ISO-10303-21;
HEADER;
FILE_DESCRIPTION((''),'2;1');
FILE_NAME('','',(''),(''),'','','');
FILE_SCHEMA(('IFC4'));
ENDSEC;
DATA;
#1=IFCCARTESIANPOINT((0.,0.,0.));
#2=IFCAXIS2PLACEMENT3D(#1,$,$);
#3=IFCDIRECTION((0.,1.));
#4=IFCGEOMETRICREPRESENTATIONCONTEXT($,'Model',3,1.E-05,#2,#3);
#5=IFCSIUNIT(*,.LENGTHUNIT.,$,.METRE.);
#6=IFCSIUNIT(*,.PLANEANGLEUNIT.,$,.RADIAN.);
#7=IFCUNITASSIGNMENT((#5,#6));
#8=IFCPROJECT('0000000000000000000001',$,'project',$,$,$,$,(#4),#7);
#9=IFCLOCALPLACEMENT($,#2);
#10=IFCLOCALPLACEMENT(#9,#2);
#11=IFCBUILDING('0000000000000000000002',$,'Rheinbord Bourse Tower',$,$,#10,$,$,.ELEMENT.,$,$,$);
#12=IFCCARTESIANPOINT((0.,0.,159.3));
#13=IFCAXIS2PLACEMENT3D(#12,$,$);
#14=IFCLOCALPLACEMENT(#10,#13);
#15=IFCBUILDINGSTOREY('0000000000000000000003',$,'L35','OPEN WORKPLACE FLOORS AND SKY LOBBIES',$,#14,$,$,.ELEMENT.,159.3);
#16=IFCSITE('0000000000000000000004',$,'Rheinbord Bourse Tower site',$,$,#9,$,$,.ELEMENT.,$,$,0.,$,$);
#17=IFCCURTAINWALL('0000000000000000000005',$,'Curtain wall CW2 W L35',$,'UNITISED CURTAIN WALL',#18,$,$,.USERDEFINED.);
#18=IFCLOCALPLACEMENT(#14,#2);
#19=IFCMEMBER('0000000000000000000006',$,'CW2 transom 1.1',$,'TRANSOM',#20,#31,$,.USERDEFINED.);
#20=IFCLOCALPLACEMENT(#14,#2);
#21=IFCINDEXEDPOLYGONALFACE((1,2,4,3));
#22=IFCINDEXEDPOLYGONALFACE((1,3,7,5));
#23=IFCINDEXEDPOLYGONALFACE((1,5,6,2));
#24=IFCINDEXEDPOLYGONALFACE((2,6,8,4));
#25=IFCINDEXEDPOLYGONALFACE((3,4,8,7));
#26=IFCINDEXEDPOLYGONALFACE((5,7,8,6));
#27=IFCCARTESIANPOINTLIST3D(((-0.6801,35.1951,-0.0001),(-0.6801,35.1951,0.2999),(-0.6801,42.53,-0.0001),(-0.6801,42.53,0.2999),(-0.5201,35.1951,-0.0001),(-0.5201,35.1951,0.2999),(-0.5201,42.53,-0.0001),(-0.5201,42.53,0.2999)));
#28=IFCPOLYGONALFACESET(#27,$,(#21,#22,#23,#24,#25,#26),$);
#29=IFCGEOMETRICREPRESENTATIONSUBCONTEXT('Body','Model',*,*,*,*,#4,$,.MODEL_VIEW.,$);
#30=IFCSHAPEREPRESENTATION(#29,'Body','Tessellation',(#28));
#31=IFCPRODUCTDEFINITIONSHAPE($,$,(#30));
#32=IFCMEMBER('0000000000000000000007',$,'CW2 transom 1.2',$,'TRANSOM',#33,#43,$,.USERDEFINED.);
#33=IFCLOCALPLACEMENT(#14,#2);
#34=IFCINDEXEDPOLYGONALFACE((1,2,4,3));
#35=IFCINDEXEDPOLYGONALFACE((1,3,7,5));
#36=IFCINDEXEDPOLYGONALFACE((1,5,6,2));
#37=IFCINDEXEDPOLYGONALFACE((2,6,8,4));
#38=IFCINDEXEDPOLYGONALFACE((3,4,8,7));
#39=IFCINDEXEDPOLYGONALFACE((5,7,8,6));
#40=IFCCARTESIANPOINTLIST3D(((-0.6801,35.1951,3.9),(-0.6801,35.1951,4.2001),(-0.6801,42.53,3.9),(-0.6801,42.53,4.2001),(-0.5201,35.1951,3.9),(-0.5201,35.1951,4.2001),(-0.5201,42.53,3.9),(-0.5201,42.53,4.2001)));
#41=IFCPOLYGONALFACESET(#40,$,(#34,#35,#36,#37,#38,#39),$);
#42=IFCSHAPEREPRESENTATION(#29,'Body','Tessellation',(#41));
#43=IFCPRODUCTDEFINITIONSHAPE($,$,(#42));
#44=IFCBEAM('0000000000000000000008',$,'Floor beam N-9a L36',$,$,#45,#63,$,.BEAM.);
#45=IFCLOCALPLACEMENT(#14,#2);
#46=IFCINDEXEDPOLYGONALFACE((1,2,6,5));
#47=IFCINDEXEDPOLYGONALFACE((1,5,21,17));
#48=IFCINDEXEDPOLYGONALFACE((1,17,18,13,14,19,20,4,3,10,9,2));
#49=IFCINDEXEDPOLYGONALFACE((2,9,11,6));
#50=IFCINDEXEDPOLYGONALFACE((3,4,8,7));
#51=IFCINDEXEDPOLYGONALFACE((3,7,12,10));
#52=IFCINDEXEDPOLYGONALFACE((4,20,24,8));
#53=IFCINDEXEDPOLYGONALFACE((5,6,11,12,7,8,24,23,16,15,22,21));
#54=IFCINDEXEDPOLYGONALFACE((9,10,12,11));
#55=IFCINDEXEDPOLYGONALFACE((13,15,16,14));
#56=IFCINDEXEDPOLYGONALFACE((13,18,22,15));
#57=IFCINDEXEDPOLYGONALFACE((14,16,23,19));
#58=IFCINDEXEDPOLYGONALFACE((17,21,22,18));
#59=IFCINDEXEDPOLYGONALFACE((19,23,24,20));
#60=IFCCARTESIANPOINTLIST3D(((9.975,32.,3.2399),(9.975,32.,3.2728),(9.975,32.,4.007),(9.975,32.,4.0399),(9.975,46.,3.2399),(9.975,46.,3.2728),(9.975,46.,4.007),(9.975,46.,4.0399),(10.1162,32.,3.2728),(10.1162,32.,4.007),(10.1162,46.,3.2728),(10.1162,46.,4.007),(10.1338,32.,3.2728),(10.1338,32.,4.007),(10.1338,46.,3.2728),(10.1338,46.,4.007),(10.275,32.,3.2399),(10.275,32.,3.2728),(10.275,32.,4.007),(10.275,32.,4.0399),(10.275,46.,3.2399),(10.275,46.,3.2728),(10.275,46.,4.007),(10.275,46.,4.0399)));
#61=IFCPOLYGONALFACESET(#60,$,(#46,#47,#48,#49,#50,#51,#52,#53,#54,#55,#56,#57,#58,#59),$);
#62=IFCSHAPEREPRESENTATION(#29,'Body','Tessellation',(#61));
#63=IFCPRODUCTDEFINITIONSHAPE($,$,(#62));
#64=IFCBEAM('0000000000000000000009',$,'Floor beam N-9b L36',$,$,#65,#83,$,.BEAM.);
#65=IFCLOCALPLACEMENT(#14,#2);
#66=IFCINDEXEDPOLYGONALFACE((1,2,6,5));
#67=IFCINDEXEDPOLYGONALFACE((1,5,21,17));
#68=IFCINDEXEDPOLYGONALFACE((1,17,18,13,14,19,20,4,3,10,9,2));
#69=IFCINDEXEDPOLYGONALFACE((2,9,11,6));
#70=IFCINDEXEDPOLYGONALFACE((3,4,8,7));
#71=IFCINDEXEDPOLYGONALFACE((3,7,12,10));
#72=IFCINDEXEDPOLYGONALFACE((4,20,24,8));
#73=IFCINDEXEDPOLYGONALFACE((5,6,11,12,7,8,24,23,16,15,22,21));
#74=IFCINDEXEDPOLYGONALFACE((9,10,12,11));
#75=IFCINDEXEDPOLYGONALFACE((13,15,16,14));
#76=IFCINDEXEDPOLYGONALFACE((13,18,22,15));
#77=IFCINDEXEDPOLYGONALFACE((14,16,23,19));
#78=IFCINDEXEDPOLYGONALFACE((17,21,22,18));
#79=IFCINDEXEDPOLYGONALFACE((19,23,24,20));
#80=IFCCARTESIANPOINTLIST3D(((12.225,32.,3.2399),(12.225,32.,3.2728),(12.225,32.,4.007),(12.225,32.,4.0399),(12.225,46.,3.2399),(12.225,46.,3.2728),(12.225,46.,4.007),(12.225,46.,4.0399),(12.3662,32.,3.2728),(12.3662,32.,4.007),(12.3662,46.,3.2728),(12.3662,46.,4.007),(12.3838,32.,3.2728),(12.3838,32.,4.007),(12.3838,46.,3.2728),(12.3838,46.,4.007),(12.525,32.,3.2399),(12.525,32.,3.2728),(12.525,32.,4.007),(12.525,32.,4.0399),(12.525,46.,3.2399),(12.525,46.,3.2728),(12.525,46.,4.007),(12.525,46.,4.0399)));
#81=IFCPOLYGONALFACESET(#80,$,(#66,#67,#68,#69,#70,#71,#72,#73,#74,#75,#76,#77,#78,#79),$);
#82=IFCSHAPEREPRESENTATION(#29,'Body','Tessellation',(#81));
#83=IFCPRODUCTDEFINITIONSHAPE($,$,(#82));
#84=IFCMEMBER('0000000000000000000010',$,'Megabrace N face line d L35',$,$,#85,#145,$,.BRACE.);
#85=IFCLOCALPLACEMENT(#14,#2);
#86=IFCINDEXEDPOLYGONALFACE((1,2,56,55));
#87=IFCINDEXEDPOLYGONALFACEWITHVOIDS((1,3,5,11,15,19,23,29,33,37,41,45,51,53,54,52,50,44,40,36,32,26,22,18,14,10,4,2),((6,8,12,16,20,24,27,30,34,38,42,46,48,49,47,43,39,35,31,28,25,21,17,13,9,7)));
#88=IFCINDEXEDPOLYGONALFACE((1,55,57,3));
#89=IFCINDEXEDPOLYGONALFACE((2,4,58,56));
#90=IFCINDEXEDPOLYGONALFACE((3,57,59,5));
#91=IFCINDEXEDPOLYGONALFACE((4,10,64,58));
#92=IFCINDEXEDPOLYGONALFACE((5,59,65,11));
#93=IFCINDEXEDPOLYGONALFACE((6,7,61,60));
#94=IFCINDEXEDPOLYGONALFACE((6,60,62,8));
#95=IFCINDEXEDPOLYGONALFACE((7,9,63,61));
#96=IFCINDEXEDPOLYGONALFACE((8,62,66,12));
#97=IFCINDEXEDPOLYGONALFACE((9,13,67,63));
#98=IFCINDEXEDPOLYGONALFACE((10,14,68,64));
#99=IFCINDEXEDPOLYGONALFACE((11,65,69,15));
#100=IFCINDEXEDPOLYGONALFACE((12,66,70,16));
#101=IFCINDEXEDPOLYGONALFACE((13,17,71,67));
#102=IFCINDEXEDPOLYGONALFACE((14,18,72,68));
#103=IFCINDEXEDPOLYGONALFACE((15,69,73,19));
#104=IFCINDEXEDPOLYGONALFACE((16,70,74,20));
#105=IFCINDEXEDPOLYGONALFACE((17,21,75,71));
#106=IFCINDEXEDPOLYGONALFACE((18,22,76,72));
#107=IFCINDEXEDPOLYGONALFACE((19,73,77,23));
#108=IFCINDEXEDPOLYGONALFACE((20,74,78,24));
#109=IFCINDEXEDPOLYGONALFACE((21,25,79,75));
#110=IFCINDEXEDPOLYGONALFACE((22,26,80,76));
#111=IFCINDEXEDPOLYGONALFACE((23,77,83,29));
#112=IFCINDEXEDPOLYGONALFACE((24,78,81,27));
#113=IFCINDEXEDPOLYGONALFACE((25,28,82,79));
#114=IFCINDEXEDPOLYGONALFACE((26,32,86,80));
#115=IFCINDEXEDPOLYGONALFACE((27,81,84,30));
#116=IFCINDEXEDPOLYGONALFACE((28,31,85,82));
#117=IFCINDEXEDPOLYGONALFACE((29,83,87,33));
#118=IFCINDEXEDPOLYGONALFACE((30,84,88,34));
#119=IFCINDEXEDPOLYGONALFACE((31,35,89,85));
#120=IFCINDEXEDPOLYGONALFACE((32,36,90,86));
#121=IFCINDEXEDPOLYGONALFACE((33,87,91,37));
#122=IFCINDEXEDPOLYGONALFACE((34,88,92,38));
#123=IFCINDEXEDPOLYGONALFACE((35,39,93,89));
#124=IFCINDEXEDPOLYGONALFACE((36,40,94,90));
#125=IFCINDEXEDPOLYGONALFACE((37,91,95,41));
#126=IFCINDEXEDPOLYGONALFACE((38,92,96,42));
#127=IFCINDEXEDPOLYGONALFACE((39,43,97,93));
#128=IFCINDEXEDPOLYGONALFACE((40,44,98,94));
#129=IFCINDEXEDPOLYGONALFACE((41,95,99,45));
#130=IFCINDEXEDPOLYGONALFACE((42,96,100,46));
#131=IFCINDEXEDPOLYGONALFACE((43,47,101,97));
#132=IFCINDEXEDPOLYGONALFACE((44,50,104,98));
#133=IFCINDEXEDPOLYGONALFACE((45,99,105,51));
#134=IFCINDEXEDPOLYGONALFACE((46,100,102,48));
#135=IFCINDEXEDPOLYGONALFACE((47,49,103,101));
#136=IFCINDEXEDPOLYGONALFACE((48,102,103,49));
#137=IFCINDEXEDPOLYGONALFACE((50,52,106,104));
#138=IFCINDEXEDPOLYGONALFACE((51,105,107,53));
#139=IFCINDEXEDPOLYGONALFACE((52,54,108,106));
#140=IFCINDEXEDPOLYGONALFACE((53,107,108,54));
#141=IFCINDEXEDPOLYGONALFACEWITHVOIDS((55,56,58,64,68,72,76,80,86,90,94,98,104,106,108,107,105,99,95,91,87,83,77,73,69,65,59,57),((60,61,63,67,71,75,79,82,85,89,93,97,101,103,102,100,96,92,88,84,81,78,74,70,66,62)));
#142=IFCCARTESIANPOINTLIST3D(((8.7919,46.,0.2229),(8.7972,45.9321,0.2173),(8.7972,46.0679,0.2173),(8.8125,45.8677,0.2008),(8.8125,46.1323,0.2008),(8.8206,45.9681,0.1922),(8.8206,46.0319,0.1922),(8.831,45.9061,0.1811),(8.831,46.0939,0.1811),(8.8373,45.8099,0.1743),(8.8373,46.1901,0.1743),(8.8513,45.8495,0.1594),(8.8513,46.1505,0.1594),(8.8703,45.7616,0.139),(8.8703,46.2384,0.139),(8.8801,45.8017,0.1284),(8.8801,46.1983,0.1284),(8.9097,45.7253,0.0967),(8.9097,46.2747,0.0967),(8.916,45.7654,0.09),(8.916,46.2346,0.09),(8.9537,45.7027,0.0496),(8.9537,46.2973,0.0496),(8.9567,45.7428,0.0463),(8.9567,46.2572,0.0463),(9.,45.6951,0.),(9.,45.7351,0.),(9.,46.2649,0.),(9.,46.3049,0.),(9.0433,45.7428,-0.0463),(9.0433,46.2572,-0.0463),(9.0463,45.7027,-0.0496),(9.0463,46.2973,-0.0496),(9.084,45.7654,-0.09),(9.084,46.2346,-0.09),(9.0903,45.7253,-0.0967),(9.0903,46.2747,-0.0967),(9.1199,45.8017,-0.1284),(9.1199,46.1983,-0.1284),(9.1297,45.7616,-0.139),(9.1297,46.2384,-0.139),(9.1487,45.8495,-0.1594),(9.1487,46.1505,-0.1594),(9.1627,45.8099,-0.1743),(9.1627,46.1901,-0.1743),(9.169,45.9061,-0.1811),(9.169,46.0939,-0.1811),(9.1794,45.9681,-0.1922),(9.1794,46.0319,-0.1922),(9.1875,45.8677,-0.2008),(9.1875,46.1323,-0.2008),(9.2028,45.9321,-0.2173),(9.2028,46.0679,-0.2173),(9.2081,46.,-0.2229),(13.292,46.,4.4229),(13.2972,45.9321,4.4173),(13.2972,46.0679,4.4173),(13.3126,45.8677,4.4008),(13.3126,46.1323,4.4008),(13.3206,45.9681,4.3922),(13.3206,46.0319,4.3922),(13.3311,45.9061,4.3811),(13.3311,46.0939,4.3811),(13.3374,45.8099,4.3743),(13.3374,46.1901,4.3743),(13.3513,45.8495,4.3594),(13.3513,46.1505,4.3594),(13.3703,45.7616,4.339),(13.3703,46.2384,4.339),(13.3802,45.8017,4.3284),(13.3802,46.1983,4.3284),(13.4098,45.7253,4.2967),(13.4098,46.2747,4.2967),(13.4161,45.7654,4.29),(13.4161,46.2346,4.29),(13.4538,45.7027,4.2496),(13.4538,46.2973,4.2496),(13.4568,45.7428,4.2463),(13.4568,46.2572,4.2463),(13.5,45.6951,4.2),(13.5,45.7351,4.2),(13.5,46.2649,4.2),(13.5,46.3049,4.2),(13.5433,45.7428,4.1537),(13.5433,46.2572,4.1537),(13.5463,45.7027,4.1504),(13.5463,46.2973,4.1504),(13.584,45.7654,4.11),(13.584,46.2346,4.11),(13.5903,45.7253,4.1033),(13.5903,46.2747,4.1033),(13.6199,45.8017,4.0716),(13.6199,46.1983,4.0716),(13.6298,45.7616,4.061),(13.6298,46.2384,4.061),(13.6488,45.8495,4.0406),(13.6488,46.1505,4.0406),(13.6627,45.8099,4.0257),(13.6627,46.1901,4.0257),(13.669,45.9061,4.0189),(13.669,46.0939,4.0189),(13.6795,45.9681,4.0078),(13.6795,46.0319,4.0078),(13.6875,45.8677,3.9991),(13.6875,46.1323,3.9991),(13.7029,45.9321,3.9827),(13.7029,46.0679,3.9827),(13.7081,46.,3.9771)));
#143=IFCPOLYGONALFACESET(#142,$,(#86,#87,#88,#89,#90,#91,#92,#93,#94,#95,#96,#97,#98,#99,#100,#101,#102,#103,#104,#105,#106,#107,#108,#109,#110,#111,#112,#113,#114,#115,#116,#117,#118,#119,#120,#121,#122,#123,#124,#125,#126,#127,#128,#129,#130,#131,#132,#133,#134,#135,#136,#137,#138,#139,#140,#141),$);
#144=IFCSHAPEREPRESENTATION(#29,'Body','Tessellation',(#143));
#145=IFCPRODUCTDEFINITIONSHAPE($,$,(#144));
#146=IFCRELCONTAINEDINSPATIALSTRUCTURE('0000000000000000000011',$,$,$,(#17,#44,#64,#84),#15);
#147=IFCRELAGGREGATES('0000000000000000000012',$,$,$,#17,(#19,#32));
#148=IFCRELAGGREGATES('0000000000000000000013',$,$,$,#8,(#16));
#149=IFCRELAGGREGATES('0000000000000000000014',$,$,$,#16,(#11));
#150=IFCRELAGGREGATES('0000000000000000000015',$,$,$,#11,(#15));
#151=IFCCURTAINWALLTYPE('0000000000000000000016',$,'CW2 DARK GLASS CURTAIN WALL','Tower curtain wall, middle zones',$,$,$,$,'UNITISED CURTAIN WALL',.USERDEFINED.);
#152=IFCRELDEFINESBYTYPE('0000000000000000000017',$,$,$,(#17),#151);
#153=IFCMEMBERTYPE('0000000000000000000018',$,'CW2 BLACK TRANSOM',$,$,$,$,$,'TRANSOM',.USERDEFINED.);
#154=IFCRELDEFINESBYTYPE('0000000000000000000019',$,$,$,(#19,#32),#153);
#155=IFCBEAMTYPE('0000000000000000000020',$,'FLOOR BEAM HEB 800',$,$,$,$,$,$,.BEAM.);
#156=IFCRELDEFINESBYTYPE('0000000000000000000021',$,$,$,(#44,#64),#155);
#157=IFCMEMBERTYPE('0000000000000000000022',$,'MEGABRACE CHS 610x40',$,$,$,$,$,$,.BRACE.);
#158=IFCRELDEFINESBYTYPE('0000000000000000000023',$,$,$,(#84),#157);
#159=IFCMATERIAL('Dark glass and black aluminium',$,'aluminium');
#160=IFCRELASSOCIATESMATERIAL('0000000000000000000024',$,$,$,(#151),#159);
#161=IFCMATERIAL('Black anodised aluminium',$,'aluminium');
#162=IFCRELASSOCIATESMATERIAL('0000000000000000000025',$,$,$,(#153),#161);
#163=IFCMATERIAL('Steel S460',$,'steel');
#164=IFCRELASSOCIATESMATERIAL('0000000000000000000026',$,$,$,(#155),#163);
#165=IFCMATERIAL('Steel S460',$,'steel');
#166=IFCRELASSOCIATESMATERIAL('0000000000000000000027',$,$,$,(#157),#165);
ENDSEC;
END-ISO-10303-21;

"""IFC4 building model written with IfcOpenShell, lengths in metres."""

from ifc_helpers import new_model, si_unit, direction, frame, origin, origin_2d, place, context, subcontext, project, spatial, rectangle, hollow_circle, i_section, extrude, material, material_profile, profile_set, type_object, element, aggregate, save


model = new_model("IFC4")

# Units and contexts
model_context = context("Model", 3, precision=1e-05, world=origin(), true_north=direction((0.0, 1.0)))
body_context = subcontext(model_context, "Body", "Model", "MODEL_VIEW")
ifc_project = project(units=[si_unit("LENGTHUNIT", "METRE"), si_unit("PLANEANGLEUNIT", "RADIAN")], contexts=[model_context])

# Site, building, storey
site_placement = place(None, origin())
site = spatial("IfcSite", under=ifc_project, at=site_placement, Name="Rheinbord Bourse Tower site", CompositionType="ELEMENT", RefElevation=0.0)
building_placement = place(site_placement, origin())
building = spatial("IfcBuilding", under=site, at=building_placement, Name="Rheinbord Bourse Tower", CompositionType="ELEMENT")
storey_placement = place(building_placement, frame((0.0, 0.0, 159.3)))
storey = spatial("IfcBuildingStorey", under=building, at=storey_placement, Name="L35", Description="OPEN WORKPLACE FLOORS AND SKY LOBBIES", CompositionType="ELEMENT", Elevation=159.3)

# Curtain wall
ifc_material_1 = material(Name="Dark glass and black aluminium", Category="aluminium")
curtain_wall_type = type_object("IfcCurtainWallType", Name="CW2 DARK GLASS CURTAIN WALL", Description="Tower curtain wall, middle zones", ElementType="UNITISED CURTAIN WALL", PredefinedType="USERDEFINED", material=ifc_material_1)
curtain_wall_1_placement = place(storey_placement, origin())
curtain_wall_1 = element("IfcCurtainWall", 1, at=curtain_wall_1_placement, inside=storey, type_object=curtain_wall_type, Name="Curtain wall CW2 W L35", ObjectType="UNITISED CURTAIN WALL", PredefinedType="USERDEFINED")

# Members
ifc_material_2 = material(Name="Black anodised aluminium", Category="aluminium")
ifc_material_profile_1 = material_profile(ifc_material_2, rectangle(XDim=0.1599, YDim=0.3, at=origin_2d()), Name="CW2 TRANSOM 300x160")
ifc_profile_set_1 = profile_set([ifc_material_profile_1], Name="Black anodised aluminium")
member_type_1 = type_object("IfcMemberType", Name="CW2 BLACK TRANSOM", ElementType="TRANSOM", PredefinedType="USERDEFINED", material=ifc_profile_set_1)
member_1_placement = place(storey_placement, frame((-0.6001, 42.53, 0.1499), z_axis=(0.0, -1.0, 0.0), x_axis=(1.0, 0.0, 0.0)))
member_1 = element("IfcMember", 2, at=member_1_placement, type_object=member_type_1, Name="CW2 transom 1.1", ObjectType="TRANSOM", PredefinedType="USERDEFINED", context=body_context, shape_type="SweptSolid", body=[
    extrude(rectangle(XDim=0.1599, YDim=0.3, at=origin_2d()), origin(), (0.0, 0.0, 1.0), 7.335),
])
member_2_placement = place(storey_placement, frame((-0.6001, 42.53, 4.05), z_axis=(0.0, -1.0, 0.0), x_axis=(1.0, 0.0, 0.0)))
member_2 = element("IfcMember", 3, at=member_2_placement, type_object=member_type_1, Name="CW2 transom 1.2", ObjectType="TRANSOM", PredefinedType="USERDEFINED", context=body_context, shape_type="SweptSolid", body=[
    extrude(rectangle(XDim=0.1599, YDim=0.3, at=origin_2d()), origin(), (0.0, 0.0, 1.0), 7.335),
])

# Beams
ifc_material_3 = material(Name="Steel S460", Category="steel")
ifc_material_profile_2 = material_profile(ifc_material_3, i_section(OverallWidth=0.3, OverallDepth=0.8, WebThickness=0.0176, FlangeThickness=0.033, at=origin_2d()), Name="HEB 800")
ifc_profile_set_2 = profile_set([ifc_material_profile_2], Name="Steel S460")
beam_type_1 = type_object("IfcBeamType", Name="FLOOR BEAM HEB 800", PredefinedType="BEAM", material=ifc_profile_set_2)
for number, where, z_axis, x_axis, name in (
    (4, (10.125, 46.0, 3.6399), (0.0, -1.0, 0.0), (1.0, 0.0, 0.0), "Floor beam N-9a L36"),
    (5, (12.375, 46.0, 3.6399), (0.0, -1.0, 0.0), (1.0, 0.0, 0.0), "Floor beam N-9b L36"),
):
    element("IfcBeam", number, at=place(storey_placement, frame(where, z_axis=z_axis, x_axis=x_axis)), inside=storey, type_object=beam_type_1, Name=name, PredefinedType="BEAM", context=body_context, shape_type="SweptSolid", body=[
        extrude(i_section(OverallWidth=0.3, OverallDepth=0.8, WebThickness=0.0176, FlangeThickness=0.033, at=origin_2d()), origin(), (0.0, 0.0, 1.0), 14.0),
    ])

# Member
ifc_material_4 = material(Name="Steel S460", Category="steel")
ifc_material_profile_3 = material_profile(ifc_material_4, hollow_circle(Radius=0.3049, WallThickness=0.04, at=origin_2d()), Name="CHS 610x40")
ifc_profile_set_3 = profile_set([ifc_material_profile_3], Name="Steel S460")
member_type_2 = type_object("IfcMemberType", Name="MEGABRACE CHS 610x40", PredefinedType="BRACE", material=ifc_profile_set_3)
member_3_placement = place(storey_placement, frame((9.0, 46.0, 0.0), z_axis=(0.731059, 0.0, 0.682314), x_axis=(0.0, 1.0, 0.0)))
element("IfcMember", 6, at=member_3_placement, inside=storey, type_object=member_type_2, Name="Megabrace N face line d L35", PredefinedType="BRACE", context=body_context, shape_type="SweptSolid", body=[
    extrude(hollow_circle(Radius=0.3049, WallThickness=0.04, at=origin_2d()), origin(), (0.0, 0.0, 1.0), 6.1555),
])

aggregate(curtain_wall_1, [member_1, member_2])

save(model, "model.ifc")
